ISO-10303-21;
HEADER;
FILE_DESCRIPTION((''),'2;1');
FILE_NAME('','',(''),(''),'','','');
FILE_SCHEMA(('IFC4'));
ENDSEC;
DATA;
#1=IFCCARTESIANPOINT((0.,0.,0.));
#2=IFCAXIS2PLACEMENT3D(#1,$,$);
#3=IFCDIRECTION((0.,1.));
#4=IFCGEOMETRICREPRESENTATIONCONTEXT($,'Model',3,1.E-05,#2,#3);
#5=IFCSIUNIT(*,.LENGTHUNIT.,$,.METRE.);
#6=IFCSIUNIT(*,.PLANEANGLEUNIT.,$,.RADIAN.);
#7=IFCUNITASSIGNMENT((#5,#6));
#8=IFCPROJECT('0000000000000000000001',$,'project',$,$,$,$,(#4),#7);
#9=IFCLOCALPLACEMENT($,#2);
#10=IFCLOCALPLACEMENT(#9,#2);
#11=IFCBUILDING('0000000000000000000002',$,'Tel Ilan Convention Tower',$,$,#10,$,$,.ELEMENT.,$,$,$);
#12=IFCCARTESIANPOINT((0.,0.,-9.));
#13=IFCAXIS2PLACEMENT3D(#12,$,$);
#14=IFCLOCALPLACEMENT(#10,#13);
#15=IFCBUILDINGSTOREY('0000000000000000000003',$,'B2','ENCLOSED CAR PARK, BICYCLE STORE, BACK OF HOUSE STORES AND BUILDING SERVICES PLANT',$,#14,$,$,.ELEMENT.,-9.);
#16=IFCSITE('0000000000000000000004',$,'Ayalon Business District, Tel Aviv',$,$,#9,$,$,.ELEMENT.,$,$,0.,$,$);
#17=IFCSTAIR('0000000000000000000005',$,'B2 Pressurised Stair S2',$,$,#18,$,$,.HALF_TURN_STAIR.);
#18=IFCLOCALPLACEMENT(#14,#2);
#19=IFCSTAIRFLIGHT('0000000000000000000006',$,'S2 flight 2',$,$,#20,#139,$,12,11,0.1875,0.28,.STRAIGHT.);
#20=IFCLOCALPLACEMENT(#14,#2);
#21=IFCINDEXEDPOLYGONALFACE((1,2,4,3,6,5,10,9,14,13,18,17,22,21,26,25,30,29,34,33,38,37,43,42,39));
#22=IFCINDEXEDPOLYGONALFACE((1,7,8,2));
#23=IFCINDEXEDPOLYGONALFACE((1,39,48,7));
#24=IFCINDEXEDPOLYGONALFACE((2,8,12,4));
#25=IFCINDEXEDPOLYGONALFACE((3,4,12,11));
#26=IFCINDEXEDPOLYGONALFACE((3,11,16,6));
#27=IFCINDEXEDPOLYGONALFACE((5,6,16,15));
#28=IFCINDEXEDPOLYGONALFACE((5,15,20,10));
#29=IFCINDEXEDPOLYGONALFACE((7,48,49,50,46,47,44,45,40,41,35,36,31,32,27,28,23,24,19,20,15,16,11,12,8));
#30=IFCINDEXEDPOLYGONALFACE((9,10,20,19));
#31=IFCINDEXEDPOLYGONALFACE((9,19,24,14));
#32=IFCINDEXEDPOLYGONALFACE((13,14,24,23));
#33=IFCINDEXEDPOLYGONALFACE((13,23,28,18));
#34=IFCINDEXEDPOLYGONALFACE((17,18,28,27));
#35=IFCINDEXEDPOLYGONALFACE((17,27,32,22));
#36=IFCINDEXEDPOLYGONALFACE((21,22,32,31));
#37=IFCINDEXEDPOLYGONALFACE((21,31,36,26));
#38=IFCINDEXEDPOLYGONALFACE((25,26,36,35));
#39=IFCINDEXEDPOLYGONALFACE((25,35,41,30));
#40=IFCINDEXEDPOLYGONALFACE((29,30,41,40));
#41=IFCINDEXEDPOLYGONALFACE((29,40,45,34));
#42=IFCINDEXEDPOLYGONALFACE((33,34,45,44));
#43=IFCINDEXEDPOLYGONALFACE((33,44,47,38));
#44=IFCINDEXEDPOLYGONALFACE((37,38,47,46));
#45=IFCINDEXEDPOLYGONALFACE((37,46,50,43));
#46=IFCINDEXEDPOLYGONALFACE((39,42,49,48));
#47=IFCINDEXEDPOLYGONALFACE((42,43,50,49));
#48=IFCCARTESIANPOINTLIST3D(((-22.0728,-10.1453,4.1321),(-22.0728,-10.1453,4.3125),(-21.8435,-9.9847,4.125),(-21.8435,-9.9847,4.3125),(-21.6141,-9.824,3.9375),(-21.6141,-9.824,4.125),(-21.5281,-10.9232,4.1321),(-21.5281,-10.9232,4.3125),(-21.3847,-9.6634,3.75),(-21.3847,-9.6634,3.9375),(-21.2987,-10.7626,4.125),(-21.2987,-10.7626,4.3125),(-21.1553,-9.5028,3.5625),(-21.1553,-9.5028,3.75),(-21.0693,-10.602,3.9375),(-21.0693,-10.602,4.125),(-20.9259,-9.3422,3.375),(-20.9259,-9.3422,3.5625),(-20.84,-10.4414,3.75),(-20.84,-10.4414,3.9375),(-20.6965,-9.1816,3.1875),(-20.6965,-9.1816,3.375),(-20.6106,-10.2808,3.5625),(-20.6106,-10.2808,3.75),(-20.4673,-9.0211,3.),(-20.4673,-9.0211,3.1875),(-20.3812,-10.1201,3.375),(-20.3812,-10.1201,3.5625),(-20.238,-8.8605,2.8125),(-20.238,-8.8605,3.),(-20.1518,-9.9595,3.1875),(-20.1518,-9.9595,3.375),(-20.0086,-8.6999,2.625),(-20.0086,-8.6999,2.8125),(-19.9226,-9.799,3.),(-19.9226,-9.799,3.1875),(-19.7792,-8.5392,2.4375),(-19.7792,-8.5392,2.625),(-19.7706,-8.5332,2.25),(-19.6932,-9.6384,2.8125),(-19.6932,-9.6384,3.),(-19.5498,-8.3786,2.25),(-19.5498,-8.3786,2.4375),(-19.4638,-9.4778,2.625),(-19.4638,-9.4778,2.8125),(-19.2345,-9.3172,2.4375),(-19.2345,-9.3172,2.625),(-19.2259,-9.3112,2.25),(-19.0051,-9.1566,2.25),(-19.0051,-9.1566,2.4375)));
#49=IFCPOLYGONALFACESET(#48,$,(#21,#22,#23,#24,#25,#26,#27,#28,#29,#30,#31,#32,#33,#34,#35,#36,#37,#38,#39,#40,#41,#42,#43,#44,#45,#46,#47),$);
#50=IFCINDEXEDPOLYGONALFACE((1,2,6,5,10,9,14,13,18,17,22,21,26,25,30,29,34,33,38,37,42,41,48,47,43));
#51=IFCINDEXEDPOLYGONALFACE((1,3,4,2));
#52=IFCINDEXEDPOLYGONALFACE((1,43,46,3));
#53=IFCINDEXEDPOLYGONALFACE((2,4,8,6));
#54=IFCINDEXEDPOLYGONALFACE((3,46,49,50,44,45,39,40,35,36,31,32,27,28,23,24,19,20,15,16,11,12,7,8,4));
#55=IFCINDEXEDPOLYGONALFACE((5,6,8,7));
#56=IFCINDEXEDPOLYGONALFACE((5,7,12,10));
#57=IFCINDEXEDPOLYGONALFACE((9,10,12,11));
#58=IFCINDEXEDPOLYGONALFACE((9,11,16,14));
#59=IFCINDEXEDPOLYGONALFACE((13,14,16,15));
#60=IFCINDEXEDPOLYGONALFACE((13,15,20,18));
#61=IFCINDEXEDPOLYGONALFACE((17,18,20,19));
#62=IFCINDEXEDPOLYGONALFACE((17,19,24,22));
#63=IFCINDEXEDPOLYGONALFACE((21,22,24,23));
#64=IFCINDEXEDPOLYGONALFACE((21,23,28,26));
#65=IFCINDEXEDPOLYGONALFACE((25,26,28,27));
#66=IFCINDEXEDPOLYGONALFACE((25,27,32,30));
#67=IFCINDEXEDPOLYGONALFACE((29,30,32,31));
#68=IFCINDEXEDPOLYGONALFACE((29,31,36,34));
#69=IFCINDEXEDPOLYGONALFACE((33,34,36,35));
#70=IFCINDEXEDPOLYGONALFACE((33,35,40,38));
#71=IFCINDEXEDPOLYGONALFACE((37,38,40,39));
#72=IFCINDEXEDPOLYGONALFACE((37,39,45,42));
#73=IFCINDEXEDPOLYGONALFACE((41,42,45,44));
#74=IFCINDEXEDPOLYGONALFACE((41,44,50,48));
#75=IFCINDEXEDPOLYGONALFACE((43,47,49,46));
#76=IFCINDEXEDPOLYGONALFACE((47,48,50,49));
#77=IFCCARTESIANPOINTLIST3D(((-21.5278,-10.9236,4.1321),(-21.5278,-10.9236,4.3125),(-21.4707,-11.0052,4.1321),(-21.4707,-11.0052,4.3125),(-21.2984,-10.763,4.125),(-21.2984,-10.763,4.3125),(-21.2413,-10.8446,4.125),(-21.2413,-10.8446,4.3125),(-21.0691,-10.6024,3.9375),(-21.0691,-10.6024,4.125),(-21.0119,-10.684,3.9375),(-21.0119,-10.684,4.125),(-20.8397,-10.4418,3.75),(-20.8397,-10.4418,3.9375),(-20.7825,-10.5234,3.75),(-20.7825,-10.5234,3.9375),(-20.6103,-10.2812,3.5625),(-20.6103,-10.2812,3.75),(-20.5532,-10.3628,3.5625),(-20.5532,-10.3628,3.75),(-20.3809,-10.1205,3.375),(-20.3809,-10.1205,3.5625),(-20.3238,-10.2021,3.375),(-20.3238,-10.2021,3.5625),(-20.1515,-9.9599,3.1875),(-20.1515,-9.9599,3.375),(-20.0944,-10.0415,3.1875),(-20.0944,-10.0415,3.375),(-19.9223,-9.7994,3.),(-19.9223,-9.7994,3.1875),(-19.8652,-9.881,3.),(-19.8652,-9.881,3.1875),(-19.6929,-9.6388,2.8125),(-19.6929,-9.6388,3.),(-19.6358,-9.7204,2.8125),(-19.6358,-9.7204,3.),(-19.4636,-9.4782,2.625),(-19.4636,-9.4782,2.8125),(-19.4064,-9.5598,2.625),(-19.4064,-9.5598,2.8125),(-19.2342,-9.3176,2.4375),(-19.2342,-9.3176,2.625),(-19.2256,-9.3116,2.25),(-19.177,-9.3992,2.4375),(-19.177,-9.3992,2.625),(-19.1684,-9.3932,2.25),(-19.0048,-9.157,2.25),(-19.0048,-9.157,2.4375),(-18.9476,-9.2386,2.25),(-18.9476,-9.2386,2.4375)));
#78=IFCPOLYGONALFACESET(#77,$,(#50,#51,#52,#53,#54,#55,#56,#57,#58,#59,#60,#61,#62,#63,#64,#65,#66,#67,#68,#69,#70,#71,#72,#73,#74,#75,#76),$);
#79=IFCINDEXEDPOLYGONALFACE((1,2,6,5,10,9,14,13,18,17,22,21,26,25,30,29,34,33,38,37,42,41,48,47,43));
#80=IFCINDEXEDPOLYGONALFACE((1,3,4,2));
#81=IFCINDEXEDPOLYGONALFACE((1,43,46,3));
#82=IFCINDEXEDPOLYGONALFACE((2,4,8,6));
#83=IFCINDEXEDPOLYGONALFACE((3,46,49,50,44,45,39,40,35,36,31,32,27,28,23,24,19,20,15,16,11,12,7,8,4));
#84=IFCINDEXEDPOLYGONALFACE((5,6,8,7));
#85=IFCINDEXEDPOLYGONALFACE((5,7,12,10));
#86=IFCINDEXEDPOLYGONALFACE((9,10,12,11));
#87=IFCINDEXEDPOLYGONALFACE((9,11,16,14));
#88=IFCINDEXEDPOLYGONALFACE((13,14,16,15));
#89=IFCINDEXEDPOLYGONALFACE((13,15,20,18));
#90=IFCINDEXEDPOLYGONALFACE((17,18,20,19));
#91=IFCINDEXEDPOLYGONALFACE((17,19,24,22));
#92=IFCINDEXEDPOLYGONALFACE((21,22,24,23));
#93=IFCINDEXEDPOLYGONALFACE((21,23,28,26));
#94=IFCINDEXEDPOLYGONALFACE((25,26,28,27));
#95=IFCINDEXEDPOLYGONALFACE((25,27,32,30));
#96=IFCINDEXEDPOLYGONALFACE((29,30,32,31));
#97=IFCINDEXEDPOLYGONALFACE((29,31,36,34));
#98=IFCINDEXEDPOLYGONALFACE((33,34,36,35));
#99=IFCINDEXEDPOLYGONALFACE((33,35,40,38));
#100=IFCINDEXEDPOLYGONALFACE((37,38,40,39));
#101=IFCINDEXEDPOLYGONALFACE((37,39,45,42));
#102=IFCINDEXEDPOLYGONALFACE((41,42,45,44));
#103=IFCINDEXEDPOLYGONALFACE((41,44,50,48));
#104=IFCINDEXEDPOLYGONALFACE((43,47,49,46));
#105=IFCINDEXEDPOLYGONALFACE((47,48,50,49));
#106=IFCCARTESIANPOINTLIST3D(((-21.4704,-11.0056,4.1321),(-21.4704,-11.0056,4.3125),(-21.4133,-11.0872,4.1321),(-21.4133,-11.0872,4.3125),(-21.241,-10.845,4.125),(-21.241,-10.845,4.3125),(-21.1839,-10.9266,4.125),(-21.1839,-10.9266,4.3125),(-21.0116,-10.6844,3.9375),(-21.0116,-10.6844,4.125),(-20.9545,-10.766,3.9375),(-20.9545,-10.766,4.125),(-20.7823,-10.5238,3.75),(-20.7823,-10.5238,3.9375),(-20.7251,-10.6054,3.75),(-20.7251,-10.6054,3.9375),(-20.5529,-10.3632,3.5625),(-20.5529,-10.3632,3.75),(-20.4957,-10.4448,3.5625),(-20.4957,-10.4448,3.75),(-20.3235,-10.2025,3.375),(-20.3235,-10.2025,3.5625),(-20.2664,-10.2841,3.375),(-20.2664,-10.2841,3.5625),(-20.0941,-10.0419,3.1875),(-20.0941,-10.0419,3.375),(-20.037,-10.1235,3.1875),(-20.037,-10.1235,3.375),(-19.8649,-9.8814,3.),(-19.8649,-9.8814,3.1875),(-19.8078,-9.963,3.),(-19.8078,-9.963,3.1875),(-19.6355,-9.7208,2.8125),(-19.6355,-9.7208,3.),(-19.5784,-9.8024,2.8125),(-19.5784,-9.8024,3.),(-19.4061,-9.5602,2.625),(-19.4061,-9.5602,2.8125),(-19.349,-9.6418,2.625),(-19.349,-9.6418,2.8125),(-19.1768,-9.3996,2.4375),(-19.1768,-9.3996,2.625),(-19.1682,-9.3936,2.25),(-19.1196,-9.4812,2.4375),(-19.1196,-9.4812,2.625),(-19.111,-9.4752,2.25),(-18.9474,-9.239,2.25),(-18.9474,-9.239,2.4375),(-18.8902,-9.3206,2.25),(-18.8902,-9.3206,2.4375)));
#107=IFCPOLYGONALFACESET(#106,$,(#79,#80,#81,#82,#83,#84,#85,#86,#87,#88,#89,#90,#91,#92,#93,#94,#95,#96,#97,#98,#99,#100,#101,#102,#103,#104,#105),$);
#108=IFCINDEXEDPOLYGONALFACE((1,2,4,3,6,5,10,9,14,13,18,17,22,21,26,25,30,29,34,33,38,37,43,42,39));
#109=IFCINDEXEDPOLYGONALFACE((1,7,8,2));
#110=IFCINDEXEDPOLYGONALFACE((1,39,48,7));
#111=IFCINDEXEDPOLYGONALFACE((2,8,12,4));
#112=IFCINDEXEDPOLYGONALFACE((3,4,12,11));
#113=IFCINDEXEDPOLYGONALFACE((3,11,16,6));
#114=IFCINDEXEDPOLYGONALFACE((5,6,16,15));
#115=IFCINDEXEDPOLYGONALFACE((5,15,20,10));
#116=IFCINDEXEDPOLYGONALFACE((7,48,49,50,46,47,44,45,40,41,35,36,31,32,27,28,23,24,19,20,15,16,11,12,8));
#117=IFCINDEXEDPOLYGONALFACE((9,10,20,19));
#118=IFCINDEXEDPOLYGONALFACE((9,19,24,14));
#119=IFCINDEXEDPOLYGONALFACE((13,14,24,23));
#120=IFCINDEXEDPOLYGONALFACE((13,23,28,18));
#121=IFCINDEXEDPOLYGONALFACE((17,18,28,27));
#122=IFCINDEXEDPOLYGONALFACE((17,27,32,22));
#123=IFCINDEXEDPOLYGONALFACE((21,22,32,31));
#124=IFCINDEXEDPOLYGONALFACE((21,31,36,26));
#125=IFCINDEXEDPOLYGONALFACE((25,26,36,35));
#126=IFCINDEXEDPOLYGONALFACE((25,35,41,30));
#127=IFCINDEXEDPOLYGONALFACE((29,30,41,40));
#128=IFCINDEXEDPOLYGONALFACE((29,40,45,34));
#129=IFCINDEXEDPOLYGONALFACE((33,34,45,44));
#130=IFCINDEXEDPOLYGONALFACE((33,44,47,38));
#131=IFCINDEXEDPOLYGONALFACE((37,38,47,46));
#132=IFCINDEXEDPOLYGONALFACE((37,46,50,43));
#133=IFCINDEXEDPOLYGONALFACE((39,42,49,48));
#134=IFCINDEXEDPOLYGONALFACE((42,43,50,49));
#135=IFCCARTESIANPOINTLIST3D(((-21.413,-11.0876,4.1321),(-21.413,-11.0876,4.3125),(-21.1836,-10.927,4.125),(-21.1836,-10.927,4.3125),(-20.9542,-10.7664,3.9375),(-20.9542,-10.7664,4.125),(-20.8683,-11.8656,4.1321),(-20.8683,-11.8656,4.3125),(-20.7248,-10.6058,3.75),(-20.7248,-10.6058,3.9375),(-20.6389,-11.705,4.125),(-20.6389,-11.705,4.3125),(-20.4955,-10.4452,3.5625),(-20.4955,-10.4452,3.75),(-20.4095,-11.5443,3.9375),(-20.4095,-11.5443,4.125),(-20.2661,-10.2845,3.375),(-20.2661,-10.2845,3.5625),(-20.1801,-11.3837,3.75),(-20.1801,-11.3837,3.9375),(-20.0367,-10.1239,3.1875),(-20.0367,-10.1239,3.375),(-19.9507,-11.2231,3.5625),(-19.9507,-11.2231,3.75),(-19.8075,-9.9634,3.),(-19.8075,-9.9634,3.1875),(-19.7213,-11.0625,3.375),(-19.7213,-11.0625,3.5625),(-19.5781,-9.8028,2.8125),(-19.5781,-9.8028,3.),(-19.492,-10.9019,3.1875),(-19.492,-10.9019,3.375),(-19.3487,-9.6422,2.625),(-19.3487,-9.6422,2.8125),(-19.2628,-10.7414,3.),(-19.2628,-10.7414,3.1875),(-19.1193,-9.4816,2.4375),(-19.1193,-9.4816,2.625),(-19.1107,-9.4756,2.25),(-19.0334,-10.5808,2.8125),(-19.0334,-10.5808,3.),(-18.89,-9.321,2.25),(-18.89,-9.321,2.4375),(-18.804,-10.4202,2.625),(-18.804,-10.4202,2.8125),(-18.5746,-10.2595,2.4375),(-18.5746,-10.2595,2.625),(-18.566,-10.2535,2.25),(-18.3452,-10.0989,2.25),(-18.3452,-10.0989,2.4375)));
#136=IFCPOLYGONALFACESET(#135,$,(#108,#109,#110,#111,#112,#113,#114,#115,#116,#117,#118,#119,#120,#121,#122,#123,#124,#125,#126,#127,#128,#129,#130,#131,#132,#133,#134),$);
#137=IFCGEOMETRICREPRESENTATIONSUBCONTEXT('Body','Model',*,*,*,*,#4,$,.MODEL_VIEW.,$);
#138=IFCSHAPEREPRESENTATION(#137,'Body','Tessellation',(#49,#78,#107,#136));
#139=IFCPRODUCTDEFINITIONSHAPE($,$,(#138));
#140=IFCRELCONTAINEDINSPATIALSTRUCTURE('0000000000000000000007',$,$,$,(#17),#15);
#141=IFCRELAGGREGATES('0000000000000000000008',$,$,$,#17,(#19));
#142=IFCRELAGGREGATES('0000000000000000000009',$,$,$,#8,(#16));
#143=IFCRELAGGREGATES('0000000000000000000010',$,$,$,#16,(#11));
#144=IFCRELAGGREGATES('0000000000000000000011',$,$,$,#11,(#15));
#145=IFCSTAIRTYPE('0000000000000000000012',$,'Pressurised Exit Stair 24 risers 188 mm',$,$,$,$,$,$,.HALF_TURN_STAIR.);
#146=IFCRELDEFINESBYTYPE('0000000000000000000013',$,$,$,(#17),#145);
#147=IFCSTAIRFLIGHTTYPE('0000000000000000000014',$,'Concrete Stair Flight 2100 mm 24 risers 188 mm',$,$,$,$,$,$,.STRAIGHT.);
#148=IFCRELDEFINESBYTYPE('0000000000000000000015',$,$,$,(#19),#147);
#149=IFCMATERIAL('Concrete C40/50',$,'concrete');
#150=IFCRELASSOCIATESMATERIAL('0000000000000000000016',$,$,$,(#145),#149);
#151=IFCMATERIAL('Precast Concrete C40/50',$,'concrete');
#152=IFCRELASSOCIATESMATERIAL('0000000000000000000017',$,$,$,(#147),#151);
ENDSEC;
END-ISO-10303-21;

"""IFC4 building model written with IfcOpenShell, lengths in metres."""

from ifc_helpers import new_model, si_unit, direction, frame, origin, place, context, subcontext, project, spatial, polyline, outline, extrude, material, type_object, element, aggregate, save


model = new_model("IFC4")

# Units and contexts
model_context = context("Model", 3, precision=1e-05, world=origin(), true_north=direction((0.0, 1.0)))
body_context = subcontext(model_context, "Body", "Model", "MODEL_VIEW")
ifc_project = project(units=[si_unit("LENGTHUNIT", "METRE"), si_unit("PLANEANGLEUNIT", "RADIAN")], contexts=[model_context])

# Site, building, storey
site_placement = place(None, origin())
site = spatial("IfcSite", under=ifc_project, at=site_placement, Name="Ayalon Business District, Tel Aviv", CompositionType="ELEMENT", RefElevation=0.0)
building_placement = place(site_placement, origin())
building = spatial("IfcBuilding", under=site, at=building_placement, Name="Tel Ilan Convention Tower", CompositionType="ELEMENT")
storey_placement = place(building_placement, frame((0.0, 0.0, -9.0)))
storey = spatial("IfcBuildingStorey", under=building, at=storey_placement, Name="B2", Description="ENCLOSED CAR PARK, BICYCLE STORE, BACK OF HOUSE STORES AND BUILDING SERVICES PLANT", CompositionType="ELEMENT", Elevation=-9.0)

# Shared definitions
ifc_material_1 = material(Name="Concrete C40/50", Category="concrete")
stair_type = type_object("IfcStairType", Name="Pressurised Exit Stair 24 risers 188 mm", PredefinedType="HALF_TURN_STAIR", material=ifc_material_1)
ifc_material_2 = material(Name="Precast Concrete C40/50", Category="concrete")
stair_flight_type = type_object("IfcStairFlightType", Name="Concrete Stair Flight 2100 mm 24 risers 188 mm", PredefinedType="STRAIGHT", material=ifc_material_2)

# Stair, stair flight
stair_1_placement = place(storey_placement, origin())
stair_1 = element("IfcStair", 1, at=stair_1_placement, inside=storey, type_object=stair_type, Name="B2 Pressurised Stair S2", PredefinedType="HALF_TURN_STAIR")
stair_flight_1_placement = place(storey_placement, frame((-18.9475, -9.2388, 2.25), z_axis=(0.0, 0.0, 1.0), x_axis=(-0.819152, -0.573576, 0.0)))
stair_flight_1 = element("IfcStairFlight", 2, at=stair_flight_1_placement, type_object=stair_flight_type, Name="S2 flight 2", NumberOfRisers=12, NumberOfTreads=11, PredefinedType="STRAIGHT", RiserHeight=0.1875, TreadLength=0.28, context=body_context, shape_type="SweptSolid", body=[
    extrude(outline(polyline([(0.0, 0.0), (0.0, 0.1875), (0.28, 0.1875), (0.28, 0.375), (0.5601, 0.375), (0.5601, 0.5625), (0.8401, 0.5625), (0.8401, 0.75), (1.1201, 0.75), (1.1201, 0.9375), (1.3999, 0.9375), (1.3999, 1.125), (1.6799, 1.125), (1.6799, 1.3125), (1.96, 1.3125), (1.96, 1.5), (2.24, 1.5), (2.24, 1.6875), (2.52, 1.6875), (2.52, 1.875), (2.8, 1.875), (2.8, 2.0625), (3.0801, 2.0625), (3.0801, 2.25), (3.0801, 1.8821), (0.2695, 0.0), (0.0, 0.0)])), frame((0.0, -0.1003, 0.0), z_axis=(0.0, -1.0, 0.0), x_axis=(1.0, 0.0, 0.0)), (0.0, 0.0, 1.0), 0.9497),
    extrude(outline(polyline([(0.0, 0.0), (0.0, 0.1875), (0.28, 0.1875), (0.28, 0.375), (0.5601, 0.375), (0.5601, 0.5625), (0.8401, 0.5625), (0.8401, 0.75), (1.1201, 0.75), (1.1201, 0.9375), (1.3999, 0.9375), (1.3999, 1.125), (1.6799, 1.125), (1.6799, 1.3125), (1.96, 1.3125), (1.96, 1.5), (2.24, 1.5), (2.24, 1.6875), (2.52, 1.6875), (2.52, 1.875), (2.8, 1.875), (2.8, 2.0625), (3.0801, 2.0625), (3.0801, 2.25), (3.0801, 1.8821), (0.2695, 0.0), (0.0, 0.0)])), frame((0.0, -0.0002, 0.0), z_axis=(0.0, -1.0, 0.0), x_axis=(1.0, 0.0, 0.0)), (0.0, 0.0, 1.0), 0.0996),
    extrude(outline(polyline([(0.0, 0.0), (0.0, 0.1875), (0.28, 0.1875), (0.28, 0.375), (0.5601, 0.375), (0.5601, 0.5625), (0.8401, 0.5625), (0.8401, 0.75), (1.1201, 0.75), (1.1201, 0.9375), (1.3999, 0.9375), (1.3999, 1.125), (1.6799, 1.125), (1.6799, 1.3125), (1.96, 1.3125), (1.96, 1.5), (2.24, 1.5), (2.24, 1.6875), (2.52, 1.6875), (2.52, 1.875), (2.8, 1.875), (2.8, 2.0625), (3.0801, 2.0625), (3.0801, 2.25), (3.0801, 1.8821), (0.2695, 0.0), (0.0, 0.0)])), frame((0.0, 0.0999, 0.0), z_axis=(0.0, -1.0, 0.0), x_axis=(1.0, 0.0, 0.0)), (0.0, 0.0, 1.0), 0.0996),
    extrude(outline(polyline([(0.0, 0.0), (0.0, 0.1875), (0.28, 0.1875), (0.28, 0.375), (0.5601, 0.375), (0.5601, 0.5625), (0.8401, 0.5625), (0.8401, 0.75), (1.1201, 0.75), (1.1201, 0.9375), (1.3999, 0.9375), (1.3999, 1.125), (1.6799, 1.125), (1.6799, 1.3125), (1.96, 1.3125), (1.96, 1.5), (2.24, 1.5), (2.24, 1.6875), (2.52, 1.6875), (2.52, 1.875), (2.8, 1.875), (2.8, 2.0625), (3.0801, 2.0625), (3.0801, 2.25), (3.0801, 1.8821), (0.2695, 0.0), (0.0, 0.0)])), frame((0.0, 1.05, 0.0), z_axis=(0.0, -1.0, 0.0), x_axis=(1.0, 0.0, 0.0)), (0.0, 0.0, 1.0), 0.9497),
])
aggregate(stair_1, [stair_flight_1])

save(model, "model.ifc")
